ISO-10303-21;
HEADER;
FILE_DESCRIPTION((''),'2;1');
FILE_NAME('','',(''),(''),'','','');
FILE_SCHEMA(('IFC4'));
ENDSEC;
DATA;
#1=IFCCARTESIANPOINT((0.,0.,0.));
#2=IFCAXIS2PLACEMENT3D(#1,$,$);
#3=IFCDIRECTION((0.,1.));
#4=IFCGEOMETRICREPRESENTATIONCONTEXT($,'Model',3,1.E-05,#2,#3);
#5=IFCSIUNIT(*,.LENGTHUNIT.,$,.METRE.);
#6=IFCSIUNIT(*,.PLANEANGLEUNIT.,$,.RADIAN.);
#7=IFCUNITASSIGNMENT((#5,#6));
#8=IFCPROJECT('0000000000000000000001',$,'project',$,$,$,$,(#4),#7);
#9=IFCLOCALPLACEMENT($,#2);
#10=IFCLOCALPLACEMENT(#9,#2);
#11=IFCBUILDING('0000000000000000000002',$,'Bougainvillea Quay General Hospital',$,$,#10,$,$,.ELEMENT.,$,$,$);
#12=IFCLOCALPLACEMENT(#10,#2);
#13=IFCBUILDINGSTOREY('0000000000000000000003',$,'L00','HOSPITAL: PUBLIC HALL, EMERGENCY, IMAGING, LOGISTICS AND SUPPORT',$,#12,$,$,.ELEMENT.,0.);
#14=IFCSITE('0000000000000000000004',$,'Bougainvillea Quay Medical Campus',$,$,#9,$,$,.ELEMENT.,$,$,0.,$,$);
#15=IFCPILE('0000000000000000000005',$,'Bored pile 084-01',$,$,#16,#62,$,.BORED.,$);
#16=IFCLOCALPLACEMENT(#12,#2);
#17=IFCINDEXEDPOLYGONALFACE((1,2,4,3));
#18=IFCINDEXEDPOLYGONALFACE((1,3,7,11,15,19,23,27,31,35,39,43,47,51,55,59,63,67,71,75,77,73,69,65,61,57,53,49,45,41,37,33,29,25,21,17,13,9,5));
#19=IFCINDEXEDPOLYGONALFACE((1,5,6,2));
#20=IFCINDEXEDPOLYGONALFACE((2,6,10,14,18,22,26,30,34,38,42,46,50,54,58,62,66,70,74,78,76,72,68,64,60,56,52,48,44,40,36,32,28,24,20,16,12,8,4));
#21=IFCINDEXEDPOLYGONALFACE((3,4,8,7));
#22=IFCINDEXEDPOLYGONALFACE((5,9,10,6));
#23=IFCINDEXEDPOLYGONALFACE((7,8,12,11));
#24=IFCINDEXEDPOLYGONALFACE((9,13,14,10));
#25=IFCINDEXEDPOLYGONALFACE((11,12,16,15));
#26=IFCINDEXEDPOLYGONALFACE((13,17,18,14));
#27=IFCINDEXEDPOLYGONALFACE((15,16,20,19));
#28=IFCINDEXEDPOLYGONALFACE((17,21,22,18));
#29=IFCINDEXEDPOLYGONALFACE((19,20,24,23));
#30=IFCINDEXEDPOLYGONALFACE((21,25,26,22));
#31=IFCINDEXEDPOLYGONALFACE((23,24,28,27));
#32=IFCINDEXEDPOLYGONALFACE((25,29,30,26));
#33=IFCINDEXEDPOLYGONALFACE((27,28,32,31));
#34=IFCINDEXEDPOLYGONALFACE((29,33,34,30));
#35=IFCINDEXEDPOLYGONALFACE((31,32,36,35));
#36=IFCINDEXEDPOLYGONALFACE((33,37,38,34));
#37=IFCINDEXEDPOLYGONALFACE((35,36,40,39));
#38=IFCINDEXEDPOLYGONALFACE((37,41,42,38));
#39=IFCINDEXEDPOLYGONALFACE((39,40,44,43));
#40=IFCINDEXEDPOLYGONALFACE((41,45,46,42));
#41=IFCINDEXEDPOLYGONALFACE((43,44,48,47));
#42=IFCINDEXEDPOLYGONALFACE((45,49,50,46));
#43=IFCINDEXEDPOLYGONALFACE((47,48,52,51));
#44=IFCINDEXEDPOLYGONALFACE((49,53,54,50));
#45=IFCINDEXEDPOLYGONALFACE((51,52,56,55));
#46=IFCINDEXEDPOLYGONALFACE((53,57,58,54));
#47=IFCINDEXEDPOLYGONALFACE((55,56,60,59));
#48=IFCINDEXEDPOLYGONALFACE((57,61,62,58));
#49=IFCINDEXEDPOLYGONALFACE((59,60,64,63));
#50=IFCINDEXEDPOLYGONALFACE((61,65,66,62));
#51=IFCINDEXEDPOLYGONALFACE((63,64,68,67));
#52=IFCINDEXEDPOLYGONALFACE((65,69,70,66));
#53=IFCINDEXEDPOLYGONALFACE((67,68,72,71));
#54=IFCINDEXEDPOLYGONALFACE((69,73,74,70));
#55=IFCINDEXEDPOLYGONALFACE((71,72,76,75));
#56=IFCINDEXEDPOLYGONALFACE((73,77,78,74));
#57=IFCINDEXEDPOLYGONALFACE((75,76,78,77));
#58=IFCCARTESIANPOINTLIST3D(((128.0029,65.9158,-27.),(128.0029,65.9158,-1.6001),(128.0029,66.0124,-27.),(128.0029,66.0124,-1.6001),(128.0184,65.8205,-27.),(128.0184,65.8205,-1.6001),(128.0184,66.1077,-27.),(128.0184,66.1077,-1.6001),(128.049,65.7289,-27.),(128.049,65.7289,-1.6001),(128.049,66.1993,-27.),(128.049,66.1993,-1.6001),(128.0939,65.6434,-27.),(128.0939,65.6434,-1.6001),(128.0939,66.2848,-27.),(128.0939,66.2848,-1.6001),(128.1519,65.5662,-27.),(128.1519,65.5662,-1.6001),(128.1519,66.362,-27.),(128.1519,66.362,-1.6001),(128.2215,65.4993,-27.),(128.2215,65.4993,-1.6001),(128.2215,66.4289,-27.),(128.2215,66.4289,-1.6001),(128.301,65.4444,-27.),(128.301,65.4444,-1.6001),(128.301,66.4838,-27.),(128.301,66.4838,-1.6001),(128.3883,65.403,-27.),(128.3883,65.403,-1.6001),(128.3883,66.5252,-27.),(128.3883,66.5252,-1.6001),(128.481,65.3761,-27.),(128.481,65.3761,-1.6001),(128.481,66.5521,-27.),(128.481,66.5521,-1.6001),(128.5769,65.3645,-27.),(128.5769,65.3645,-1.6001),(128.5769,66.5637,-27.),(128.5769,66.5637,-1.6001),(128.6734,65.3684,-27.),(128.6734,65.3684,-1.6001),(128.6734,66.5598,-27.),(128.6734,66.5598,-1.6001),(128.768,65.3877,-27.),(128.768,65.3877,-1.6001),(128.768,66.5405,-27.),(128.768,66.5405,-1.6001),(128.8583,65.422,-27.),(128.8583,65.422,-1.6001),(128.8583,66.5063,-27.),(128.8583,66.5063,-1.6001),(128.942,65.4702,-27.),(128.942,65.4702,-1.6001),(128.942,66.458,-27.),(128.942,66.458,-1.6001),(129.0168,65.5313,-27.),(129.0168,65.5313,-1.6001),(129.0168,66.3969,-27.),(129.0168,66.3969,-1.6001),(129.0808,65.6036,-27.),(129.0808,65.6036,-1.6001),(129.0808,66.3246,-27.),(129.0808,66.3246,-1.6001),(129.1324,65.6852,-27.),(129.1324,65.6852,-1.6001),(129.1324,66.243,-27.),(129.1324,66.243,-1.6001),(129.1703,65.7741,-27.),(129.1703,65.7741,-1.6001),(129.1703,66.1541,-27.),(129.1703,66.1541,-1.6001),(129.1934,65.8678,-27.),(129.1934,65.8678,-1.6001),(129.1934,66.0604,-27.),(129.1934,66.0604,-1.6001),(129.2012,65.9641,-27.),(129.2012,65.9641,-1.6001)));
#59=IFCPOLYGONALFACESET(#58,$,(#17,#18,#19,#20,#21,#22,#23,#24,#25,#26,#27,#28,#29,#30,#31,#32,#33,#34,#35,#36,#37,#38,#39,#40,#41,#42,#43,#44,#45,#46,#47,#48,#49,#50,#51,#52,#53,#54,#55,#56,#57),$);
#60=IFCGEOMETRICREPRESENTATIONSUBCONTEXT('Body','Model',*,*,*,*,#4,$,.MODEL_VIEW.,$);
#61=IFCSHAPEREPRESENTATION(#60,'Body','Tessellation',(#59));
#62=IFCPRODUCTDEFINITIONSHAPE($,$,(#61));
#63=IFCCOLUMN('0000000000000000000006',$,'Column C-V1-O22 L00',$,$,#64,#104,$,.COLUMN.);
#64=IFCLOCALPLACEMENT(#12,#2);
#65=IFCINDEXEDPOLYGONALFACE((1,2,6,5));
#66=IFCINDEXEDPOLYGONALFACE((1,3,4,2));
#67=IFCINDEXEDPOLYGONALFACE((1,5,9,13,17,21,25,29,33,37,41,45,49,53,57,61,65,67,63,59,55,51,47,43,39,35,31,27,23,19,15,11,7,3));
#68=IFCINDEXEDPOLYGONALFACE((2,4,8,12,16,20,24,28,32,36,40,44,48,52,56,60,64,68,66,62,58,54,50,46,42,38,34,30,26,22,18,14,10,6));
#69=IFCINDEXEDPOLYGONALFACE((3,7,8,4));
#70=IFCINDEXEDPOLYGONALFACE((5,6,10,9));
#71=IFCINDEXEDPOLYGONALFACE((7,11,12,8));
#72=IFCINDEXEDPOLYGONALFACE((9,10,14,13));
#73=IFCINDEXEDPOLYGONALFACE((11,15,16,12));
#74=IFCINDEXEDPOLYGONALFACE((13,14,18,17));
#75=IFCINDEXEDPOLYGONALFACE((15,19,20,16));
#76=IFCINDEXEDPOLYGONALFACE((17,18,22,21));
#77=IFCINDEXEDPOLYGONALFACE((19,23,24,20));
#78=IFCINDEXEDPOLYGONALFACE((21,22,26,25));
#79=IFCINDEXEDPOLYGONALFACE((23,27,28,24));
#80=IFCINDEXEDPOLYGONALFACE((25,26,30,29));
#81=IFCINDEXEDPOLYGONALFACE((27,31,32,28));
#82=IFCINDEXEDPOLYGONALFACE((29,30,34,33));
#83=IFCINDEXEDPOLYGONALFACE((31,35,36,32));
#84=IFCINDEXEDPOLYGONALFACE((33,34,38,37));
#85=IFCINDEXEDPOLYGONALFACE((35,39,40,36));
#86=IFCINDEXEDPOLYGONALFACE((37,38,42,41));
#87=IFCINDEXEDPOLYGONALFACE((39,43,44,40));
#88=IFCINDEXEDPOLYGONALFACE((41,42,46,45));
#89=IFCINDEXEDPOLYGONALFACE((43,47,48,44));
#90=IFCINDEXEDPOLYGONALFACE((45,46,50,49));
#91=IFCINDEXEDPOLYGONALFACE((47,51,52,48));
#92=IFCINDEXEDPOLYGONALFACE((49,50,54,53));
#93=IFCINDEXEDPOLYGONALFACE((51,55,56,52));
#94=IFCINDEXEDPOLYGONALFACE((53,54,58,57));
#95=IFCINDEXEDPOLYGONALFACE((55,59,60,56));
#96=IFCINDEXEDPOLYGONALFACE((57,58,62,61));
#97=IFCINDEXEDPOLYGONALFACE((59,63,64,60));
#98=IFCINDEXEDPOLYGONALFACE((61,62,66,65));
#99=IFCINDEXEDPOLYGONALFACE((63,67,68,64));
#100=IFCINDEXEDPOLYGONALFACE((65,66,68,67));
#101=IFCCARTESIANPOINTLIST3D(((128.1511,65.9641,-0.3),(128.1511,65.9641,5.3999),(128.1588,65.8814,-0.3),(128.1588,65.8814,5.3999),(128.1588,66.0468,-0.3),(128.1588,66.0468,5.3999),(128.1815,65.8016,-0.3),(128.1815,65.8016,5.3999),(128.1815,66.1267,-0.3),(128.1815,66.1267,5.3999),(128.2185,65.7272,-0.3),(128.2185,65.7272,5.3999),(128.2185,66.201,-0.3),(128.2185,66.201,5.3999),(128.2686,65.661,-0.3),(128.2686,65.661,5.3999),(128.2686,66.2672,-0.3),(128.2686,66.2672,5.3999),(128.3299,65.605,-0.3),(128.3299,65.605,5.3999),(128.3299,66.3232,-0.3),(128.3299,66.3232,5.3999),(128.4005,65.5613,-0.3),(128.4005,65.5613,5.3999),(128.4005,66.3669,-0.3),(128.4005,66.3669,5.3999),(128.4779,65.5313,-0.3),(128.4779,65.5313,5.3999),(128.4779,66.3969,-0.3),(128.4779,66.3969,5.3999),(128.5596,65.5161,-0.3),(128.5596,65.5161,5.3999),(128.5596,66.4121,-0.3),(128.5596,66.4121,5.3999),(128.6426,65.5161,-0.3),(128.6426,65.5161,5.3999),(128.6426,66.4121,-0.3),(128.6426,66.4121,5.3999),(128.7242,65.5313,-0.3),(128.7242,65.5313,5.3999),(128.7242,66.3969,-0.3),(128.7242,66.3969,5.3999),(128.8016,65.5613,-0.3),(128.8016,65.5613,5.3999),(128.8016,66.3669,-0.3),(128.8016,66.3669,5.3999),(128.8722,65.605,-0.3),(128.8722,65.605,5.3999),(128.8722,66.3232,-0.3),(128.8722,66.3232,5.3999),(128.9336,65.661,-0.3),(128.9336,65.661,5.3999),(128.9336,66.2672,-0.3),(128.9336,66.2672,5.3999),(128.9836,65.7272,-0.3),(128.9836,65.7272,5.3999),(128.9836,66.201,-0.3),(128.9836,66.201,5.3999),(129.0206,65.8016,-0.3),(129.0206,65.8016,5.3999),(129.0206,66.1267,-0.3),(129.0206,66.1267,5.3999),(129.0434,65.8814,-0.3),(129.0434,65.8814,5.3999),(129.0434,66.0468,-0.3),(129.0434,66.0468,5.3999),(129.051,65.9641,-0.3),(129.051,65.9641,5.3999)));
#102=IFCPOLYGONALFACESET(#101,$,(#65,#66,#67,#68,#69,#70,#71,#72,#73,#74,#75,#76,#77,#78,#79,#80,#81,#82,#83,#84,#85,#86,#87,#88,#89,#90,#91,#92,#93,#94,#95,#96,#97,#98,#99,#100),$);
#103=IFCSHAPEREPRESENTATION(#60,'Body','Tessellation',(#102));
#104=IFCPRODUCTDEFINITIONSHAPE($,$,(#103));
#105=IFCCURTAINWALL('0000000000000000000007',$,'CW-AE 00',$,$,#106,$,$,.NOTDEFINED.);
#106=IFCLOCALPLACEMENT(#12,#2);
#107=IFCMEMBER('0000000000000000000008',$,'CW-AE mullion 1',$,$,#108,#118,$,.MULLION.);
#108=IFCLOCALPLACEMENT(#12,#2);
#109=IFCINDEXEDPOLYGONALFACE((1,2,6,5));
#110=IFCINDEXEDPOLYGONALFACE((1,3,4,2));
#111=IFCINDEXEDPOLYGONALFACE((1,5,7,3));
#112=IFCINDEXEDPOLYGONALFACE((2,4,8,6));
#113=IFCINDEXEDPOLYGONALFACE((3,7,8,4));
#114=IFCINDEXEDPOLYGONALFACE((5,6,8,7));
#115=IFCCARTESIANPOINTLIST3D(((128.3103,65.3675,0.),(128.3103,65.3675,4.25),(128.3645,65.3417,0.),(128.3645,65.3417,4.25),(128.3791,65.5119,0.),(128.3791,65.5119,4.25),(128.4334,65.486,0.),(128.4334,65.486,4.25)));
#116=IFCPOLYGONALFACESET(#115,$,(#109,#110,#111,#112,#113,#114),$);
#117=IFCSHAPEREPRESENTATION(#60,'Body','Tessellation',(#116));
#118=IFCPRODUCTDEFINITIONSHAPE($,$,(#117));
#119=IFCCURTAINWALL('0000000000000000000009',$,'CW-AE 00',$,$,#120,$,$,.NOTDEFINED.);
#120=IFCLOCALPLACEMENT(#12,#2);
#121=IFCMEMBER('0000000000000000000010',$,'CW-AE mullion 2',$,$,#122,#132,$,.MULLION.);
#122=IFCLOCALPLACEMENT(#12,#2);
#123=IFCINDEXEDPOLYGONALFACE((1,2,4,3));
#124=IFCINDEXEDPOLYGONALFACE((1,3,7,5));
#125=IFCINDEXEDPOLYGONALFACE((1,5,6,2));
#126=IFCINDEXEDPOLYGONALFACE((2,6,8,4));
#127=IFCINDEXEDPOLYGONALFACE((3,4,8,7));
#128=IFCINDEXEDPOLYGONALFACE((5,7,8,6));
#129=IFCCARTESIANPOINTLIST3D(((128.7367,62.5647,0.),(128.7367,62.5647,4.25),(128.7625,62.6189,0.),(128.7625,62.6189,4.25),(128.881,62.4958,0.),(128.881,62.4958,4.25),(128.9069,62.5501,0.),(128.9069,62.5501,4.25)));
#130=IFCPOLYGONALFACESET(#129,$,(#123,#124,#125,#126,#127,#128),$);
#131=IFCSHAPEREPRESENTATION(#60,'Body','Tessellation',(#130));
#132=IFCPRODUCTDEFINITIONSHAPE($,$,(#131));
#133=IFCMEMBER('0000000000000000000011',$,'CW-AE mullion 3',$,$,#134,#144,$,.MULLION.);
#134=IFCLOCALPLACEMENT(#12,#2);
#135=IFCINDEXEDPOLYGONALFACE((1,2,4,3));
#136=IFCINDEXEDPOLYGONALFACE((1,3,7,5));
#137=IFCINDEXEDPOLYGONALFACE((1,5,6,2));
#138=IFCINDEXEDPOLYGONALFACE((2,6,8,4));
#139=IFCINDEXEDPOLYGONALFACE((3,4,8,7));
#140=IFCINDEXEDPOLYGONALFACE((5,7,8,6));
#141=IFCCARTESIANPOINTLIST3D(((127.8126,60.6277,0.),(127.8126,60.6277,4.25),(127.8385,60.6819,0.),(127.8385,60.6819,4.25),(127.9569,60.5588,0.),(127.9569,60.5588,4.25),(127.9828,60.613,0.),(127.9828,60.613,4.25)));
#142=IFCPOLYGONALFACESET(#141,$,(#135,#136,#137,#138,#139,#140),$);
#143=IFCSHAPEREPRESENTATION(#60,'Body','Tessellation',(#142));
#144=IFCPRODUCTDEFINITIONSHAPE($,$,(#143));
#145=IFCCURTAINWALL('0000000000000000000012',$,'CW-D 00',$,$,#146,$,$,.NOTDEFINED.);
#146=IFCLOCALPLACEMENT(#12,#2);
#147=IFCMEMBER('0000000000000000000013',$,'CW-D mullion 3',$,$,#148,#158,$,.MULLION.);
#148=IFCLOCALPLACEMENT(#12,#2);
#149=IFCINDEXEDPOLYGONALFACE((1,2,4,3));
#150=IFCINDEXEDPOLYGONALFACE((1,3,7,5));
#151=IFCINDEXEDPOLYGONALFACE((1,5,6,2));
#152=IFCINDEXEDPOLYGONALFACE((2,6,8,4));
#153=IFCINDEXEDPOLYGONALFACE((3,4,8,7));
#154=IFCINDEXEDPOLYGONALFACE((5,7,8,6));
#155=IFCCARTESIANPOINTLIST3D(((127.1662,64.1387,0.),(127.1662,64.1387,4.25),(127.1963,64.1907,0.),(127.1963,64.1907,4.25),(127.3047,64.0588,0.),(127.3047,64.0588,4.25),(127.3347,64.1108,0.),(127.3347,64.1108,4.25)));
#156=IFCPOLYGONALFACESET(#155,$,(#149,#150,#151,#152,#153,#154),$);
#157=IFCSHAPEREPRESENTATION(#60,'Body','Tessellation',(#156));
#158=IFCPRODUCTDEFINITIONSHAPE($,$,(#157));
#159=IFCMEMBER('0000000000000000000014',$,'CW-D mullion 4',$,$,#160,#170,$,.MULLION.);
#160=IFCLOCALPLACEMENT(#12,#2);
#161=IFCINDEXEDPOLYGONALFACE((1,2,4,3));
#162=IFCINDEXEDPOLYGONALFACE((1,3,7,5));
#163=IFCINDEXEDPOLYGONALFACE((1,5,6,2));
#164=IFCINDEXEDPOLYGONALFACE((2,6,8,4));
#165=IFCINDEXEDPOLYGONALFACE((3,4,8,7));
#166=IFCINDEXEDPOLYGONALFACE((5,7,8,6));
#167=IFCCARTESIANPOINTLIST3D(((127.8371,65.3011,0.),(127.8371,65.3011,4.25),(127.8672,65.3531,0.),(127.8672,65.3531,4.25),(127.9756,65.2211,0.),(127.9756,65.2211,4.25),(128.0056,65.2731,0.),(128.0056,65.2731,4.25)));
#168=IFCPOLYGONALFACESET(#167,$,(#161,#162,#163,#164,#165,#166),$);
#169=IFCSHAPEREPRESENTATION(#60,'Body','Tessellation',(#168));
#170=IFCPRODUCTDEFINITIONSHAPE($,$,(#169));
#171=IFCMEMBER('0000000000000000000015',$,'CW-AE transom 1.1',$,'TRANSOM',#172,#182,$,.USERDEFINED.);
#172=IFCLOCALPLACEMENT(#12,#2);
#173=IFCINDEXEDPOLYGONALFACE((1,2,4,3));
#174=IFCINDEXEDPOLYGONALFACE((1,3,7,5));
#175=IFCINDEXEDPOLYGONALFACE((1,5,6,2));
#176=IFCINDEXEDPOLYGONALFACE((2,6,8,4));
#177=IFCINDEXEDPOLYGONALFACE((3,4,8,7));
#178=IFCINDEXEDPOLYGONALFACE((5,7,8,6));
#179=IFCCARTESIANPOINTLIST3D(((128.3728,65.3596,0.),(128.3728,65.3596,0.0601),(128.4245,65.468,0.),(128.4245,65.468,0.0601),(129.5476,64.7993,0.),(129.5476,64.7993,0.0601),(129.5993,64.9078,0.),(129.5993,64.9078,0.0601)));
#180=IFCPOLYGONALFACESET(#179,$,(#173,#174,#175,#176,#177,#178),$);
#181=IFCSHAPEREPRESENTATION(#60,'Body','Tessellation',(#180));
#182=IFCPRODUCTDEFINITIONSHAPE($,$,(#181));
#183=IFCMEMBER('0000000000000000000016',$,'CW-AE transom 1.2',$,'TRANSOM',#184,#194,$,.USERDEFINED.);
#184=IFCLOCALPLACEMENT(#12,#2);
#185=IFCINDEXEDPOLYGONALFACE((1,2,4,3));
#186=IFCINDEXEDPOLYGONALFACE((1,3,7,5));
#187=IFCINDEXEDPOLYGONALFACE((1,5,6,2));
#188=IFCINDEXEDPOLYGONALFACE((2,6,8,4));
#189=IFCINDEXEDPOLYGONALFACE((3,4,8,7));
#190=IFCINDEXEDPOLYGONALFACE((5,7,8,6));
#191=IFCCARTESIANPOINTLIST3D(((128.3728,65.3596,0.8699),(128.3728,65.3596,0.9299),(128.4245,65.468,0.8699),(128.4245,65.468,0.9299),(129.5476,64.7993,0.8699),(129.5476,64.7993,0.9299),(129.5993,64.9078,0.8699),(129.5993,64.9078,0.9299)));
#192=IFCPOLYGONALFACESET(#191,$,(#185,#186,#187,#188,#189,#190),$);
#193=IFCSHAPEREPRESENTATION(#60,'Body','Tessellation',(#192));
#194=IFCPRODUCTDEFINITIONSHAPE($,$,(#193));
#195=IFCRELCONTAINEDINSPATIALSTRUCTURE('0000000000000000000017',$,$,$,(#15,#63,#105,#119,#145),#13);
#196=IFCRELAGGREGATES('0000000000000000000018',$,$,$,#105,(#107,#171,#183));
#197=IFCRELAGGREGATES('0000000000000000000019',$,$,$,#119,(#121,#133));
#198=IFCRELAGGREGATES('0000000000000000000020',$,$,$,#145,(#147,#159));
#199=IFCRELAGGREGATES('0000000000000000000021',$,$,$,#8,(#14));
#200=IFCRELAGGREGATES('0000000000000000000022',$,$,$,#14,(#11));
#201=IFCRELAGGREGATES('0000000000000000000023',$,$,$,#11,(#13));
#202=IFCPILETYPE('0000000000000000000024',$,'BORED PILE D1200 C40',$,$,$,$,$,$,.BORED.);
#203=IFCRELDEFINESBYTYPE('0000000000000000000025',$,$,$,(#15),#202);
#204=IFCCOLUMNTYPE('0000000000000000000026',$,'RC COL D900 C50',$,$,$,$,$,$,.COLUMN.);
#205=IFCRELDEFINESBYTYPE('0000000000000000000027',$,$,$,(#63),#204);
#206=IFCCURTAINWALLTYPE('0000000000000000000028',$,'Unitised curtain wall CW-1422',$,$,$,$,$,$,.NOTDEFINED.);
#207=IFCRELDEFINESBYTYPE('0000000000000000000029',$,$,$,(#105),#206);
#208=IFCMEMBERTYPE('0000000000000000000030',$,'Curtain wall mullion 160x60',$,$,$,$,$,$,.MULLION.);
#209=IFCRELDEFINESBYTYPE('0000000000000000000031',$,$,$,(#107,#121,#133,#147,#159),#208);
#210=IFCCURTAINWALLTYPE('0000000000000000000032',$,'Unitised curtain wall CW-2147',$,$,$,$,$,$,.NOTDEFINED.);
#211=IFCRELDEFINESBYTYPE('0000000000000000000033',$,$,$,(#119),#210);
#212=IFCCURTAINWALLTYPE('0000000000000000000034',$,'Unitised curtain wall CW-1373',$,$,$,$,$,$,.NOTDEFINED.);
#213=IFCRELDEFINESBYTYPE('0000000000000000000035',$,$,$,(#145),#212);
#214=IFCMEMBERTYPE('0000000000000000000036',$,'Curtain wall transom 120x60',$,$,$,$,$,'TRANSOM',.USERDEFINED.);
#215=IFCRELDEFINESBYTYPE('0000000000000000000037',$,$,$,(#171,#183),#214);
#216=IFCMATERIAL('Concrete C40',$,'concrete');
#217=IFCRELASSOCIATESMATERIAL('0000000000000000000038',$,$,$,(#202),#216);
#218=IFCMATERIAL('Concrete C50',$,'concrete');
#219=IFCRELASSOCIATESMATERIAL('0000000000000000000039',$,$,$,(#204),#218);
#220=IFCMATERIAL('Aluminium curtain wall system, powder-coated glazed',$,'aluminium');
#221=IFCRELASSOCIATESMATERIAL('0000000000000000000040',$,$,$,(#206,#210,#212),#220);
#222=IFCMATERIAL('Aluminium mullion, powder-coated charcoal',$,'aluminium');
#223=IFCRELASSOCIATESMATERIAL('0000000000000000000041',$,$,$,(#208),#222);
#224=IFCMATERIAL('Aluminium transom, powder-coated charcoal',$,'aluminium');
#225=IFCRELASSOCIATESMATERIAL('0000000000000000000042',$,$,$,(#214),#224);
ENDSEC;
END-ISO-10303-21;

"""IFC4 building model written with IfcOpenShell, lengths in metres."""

from ifc_helpers import new_model, si_unit, direction, frame, origin, origin_2d, place, context, subcontext, project, spatial, rectangle, circle, extrude, material, material_profile, profile_set, type_object, element, aggregate, save


model = new_model("IFC4")

# Units and contexts
model_context = context("Model", 3, precision=1e-05, world=origin(), true_north=direction((0.0, 1.0)))
body_context = subcontext(model_context, "Body", "Model", "MODEL_VIEW")
ifc_project = project(units=[si_unit("LENGTHUNIT", "METRE"), si_unit("PLANEANGLEUNIT", "RADIAN")], contexts=[model_context])

# Site, building, storey
site_placement = place(None, origin())
site = spatial("IfcSite", under=ifc_project, at=site_placement, Name="Bougainvillea Quay Medical Campus", CompositionType="ELEMENT", RefElevation=0.0)
building_placement = place(site_placement, origin())
building = spatial("IfcBuilding", under=site, at=building_placement, Name="Bougainvillea Quay General Hospital", CompositionType="ELEMENT")
storey_placement = place(building_placement, origin())
storey = spatial("IfcBuildingStorey", under=building, at=storey_placement, Name="L00", Description="HOSPITAL: PUBLIC HALL, EMERGENCY, IMAGING, LOGISTICS AND SUPPORT", CompositionType="ELEMENT", Elevation=0.0)

# Pile
ifc_material_1 = material(Name="Concrete C40", Category="concrete")
ifc_material_profile_1 = material_profile(ifc_material_1, circle(Radius=0.6001, at=origin_2d()))
ifc_profile_set_1 = profile_set([ifc_material_profile_1], Name="Concrete C40")
pile_type = type_object("IfcPileType", Name="BORED PILE D1200 C40", PredefinedType="BORED", material=ifc_profile_set_1)
pile_placement = place(storey_placement, frame((128.6011, 65.9641, -1.6001), z_axis=(0.0, 0.0, -1.0), x_axis=(1.0, 0.0, 0.0)))
element("IfcPile", 1, at=pile_placement, inside=storey, type_object=pile_type, Name="Bored pile 084-01", PredefinedType="BORED", context=body_context, shape_type="SweptSolid", body=[
    extrude(circle(Radius=0.6001, at=origin_2d()), origin(), (0.0, 0.0, 1.0), 25.3999),
])

# Column
ifc_material_2 = material(Name="Concrete C50", Category="concrete")
ifc_material_profile_2 = material_profile(ifc_material_2, circle(Radius=0.45, at=origin_2d()))
ifc_profile_set_2 = profile_set([ifc_material_profile_2], Name="Concrete C50")
column_type = type_object("IfcColumnType", Name="RC COL D900 C50", PredefinedType="COLUMN", material=ifc_profile_set_2)
column_placement = place(storey_placement, frame((128.6011, 65.9641, -0.3), z_axis=(0.0, 0.0, 1.0), x_axis=(1.0, 0.0, 0.0)))
element("IfcColumn", 2, at=column_placement, inside=storey, type_object=column_type, Name="Column C-V1-O22 L00", PredefinedType="COLUMN", context=body_context, shape_type="SweptSolid", body=[
    extrude(circle(Radius=0.45, at=origin_2d()), origin(), (0.0, 0.0, 1.0), 5.7),
])

# Curtain wall, member
ifc_material_3 = material(Name="Aluminium curtain wall system, powder-coated glazed", Category="aluminium")
curtain_wall_type_1 = type_object("IfcCurtainWallType", Name="Unitised curtain wall CW-1422", PredefinedType="NOTDEFINED", material=ifc_material_3)
curtain_wall_1_placement = place(storey_placement, origin())
curtain_wall_1 = element("IfcCurtainWall", 3, at=curtain_wall_1_placement, inside=storey, type_object=curtain_wall_type_1, Name="CW-AE 00", PredefinedType="NOTDEFINED")
ifc_material_4 = material(Name="Aluminium mullion, powder-coated charcoal", Category="aluminium")
ifc_material_profile_3 = material_profile(ifc_material_4, rectangle(XDim=0.1599, YDim=0.0601, at=origin_2d()))
ifc_profile_set_3 = profile_set([ifc_material_profile_3], Name="Aluminium mullion, powder-coated charcoal")
member_type_1 = type_object("IfcMemberType", Name="Curtain wall mullion 160x60", PredefinedType="MULLION", material=ifc_profile_set_3)
member_1_placement = place(storey_placement, frame((128.3718, 65.4268, 0.0), z_axis=(0.0, 0.0, 1.0), x_axis=(0.430534, 0.902574, 0.0)))
member_1 = element("IfcMember", 4, at=member_1_placement, type_object=member_type_1, Name="CW-AE mullion 1", PredefinedType="MULLION", context=body_context, shape_type="SweptSolid", body=[
    extrude(rectangle(XDim=0.1599, YDim=0.0601, at=origin_2d()), origin(), (0.0, 0.0, 1.0), 4.25),
])

# Curtain walls, members
curtain_wall_type_2 = type_object("IfcCurtainWallType", Name="Unitised curtain wall CW-2147", PredefinedType="NOTDEFINED", material=ifc_material_3)
curtain_wall_2_placement = place(storey_placement, origin())
curtain_wall_2 = element("IfcCurtainWall", 5, at=curtain_wall_2_placement, inside=storey, type_object=curtain_wall_type_2, Name="CW-AE 00", PredefinedType="NOTDEFINED")
member_2_placement = place(storey_placement, frame((128.8218, 62.5574, 0.0), z_axis=(0.0, 0.0, 1.0), x_axis=(0.902576, -0.43053, 0.0)))
member_2 = element("IfcMember", 6, at=member_2_placement, type_object=member_type_1, Name="CW-AE mullion 2", PredefinedType="MULLION", context=body_context, shape_type="SweptSolid", body=[
    extrude(rectangle(XDim=0.1599, YDim=0.0601, at=origin_2d()), origin(), (0.0, 0.0, 1.0), 4.25),
])
member_3_placement = place(storey_placement, frame((127.8977, 60.6204, 0.0), z_axis=(0.0, 0.0, 1.0), x_axis=(0.902576, -0.43053, 0.0)))
member_3 = element("IfcMember", 7, at=member_3_placement, type_object=member_type_1, Name="CW-AE mullion 3", PredefinedType="MULLION", context=body_context, shape_type="SweptSolid", body=[
    extrude(rectangle(XDim=0.1599, YDim=0.0601, at=origin_2d()), origin(), (0.0, 0.0, 1.0), 4.25),
])
curtain_wall_type_3 = type_object("IfcCurtainWallType", Name="Unitised curtain wall CW-1373", PredefinedType="NOTDEFINED", material=ifc_material_3)
curtain_wall_3_placement = place(storey_placement, origin())
curtain_wall_3 = element("IfcCurtainWall", 8, at=curtain_wall_3_placement, inside=storey, type_object=curtain_wall_type_3, Name="CW-D 00", PredefinedType="NOTDEFINED")
member_4_placement = place(storey_placement, frame((127.2505, 64.1248, 0.0), z_axis=(0.0, 0.0, 1.0), x_axis=(-0.866048, 0.499962, 0.0)))
member_4 = element("IfcMember", 9, at=member_4_placement, type_object=member_type_1, Name="CW-D mullion 3", PredefinedType="MULLION", context=body_context, shape_type="SweptSolid", body=[
    extrude(rectangle(XDim=0.1599, YDim=0.0601, at=origin_2d()), origin(), (0.0, 0.0, 1.0), 4.25),
])
member_5_placement = place(storey_placement, frame((127.9214, 65.2871, 0.0), z_axis=(0.0, 0.0, 1.0), x_axis=(-0.866048, 0.499962, 0.0)))
member_5 = element("IfcMember", 10, at=member_5_placement, type_object=member_type_1, Name="CW-D mullion 4", PredefinedType="MULLION", context=body_context, shape_type="SweptSolid", body=[
    extrude(rectangle(XDim=0.1599, YDim=0.0601, at=origin_2d()), origin(), (0.0, 0.0, 1.0), 4.25),
])

# Members
ifc_material_5 = material(Name="Aluminium transom, powder-coated charcoal", Category="aluminium")
ifc_material_profile_4 = material_profile(ifc_material_5, rectangle(XDim=0.1201, YDim=0.0601, at=origin_2d()))
ifc_profile_set_4 = profile_set([ifc_material_profile_4], Name="Aluminium transom, powder-coated charcoal")
member_type_2 = type_object("IfcMemberType", Name="Curtain wall transom 120x60", ElementType="TRANSOM", PredefinedType="USERDEFINED", material=ifc_profile_set_4)
member_6_placement = place(storey_placement, frame((128.3987, 65.4138, 0.03), z_axis=(0.9026, -0.43048, 0.0), x_axis=(0.43048, 0.9026, 0.0)))
member_6 = element("IfcMember", 11, at=member_6_placement, type_object=member_type_2, Name="CW-AE transom 1.1", ObjectType="TRANSOM", PredefinedType="USERDEFINED", context=body_context, shape_type="SweptSolid", body=[
    extrude(rectangle(XDim=0.1201, YDim=0.0601, at=origin_2d()), origin(), (0.0, 0.0, 1.0), 1.3015),
])
member_7_placement = place(storey_placement, frame((128.3987, 65.4138, 0.8999), z_axis=(0.9026, -0.43048, 0.0), x_axis=(0.43048, 0.9026, 0.0)))
member_7 = element("IfcMember", 12, at=member_7_placement, type_object=member_type_2, Name="CW-AE transom 1.2", ObjectType="TRANSOM", PredefinedType="USERDEFINED", context=body_context, shape_type="SweptSolid", body=[
    extrude(rectangle(XDim=0.1201, YDim=0.0601, at=origin_2d()), origin(), (0.0, 0.0, 1.0), 1.3015),
])
aggregate(curtain_wall_1, [member_1, member_6, member_7])

aggregate(curtain_wall_2, [member_2, member_3])
aggregate(curtain_wall_3, [member_4, member_5])

save(model, "model.ifc")
